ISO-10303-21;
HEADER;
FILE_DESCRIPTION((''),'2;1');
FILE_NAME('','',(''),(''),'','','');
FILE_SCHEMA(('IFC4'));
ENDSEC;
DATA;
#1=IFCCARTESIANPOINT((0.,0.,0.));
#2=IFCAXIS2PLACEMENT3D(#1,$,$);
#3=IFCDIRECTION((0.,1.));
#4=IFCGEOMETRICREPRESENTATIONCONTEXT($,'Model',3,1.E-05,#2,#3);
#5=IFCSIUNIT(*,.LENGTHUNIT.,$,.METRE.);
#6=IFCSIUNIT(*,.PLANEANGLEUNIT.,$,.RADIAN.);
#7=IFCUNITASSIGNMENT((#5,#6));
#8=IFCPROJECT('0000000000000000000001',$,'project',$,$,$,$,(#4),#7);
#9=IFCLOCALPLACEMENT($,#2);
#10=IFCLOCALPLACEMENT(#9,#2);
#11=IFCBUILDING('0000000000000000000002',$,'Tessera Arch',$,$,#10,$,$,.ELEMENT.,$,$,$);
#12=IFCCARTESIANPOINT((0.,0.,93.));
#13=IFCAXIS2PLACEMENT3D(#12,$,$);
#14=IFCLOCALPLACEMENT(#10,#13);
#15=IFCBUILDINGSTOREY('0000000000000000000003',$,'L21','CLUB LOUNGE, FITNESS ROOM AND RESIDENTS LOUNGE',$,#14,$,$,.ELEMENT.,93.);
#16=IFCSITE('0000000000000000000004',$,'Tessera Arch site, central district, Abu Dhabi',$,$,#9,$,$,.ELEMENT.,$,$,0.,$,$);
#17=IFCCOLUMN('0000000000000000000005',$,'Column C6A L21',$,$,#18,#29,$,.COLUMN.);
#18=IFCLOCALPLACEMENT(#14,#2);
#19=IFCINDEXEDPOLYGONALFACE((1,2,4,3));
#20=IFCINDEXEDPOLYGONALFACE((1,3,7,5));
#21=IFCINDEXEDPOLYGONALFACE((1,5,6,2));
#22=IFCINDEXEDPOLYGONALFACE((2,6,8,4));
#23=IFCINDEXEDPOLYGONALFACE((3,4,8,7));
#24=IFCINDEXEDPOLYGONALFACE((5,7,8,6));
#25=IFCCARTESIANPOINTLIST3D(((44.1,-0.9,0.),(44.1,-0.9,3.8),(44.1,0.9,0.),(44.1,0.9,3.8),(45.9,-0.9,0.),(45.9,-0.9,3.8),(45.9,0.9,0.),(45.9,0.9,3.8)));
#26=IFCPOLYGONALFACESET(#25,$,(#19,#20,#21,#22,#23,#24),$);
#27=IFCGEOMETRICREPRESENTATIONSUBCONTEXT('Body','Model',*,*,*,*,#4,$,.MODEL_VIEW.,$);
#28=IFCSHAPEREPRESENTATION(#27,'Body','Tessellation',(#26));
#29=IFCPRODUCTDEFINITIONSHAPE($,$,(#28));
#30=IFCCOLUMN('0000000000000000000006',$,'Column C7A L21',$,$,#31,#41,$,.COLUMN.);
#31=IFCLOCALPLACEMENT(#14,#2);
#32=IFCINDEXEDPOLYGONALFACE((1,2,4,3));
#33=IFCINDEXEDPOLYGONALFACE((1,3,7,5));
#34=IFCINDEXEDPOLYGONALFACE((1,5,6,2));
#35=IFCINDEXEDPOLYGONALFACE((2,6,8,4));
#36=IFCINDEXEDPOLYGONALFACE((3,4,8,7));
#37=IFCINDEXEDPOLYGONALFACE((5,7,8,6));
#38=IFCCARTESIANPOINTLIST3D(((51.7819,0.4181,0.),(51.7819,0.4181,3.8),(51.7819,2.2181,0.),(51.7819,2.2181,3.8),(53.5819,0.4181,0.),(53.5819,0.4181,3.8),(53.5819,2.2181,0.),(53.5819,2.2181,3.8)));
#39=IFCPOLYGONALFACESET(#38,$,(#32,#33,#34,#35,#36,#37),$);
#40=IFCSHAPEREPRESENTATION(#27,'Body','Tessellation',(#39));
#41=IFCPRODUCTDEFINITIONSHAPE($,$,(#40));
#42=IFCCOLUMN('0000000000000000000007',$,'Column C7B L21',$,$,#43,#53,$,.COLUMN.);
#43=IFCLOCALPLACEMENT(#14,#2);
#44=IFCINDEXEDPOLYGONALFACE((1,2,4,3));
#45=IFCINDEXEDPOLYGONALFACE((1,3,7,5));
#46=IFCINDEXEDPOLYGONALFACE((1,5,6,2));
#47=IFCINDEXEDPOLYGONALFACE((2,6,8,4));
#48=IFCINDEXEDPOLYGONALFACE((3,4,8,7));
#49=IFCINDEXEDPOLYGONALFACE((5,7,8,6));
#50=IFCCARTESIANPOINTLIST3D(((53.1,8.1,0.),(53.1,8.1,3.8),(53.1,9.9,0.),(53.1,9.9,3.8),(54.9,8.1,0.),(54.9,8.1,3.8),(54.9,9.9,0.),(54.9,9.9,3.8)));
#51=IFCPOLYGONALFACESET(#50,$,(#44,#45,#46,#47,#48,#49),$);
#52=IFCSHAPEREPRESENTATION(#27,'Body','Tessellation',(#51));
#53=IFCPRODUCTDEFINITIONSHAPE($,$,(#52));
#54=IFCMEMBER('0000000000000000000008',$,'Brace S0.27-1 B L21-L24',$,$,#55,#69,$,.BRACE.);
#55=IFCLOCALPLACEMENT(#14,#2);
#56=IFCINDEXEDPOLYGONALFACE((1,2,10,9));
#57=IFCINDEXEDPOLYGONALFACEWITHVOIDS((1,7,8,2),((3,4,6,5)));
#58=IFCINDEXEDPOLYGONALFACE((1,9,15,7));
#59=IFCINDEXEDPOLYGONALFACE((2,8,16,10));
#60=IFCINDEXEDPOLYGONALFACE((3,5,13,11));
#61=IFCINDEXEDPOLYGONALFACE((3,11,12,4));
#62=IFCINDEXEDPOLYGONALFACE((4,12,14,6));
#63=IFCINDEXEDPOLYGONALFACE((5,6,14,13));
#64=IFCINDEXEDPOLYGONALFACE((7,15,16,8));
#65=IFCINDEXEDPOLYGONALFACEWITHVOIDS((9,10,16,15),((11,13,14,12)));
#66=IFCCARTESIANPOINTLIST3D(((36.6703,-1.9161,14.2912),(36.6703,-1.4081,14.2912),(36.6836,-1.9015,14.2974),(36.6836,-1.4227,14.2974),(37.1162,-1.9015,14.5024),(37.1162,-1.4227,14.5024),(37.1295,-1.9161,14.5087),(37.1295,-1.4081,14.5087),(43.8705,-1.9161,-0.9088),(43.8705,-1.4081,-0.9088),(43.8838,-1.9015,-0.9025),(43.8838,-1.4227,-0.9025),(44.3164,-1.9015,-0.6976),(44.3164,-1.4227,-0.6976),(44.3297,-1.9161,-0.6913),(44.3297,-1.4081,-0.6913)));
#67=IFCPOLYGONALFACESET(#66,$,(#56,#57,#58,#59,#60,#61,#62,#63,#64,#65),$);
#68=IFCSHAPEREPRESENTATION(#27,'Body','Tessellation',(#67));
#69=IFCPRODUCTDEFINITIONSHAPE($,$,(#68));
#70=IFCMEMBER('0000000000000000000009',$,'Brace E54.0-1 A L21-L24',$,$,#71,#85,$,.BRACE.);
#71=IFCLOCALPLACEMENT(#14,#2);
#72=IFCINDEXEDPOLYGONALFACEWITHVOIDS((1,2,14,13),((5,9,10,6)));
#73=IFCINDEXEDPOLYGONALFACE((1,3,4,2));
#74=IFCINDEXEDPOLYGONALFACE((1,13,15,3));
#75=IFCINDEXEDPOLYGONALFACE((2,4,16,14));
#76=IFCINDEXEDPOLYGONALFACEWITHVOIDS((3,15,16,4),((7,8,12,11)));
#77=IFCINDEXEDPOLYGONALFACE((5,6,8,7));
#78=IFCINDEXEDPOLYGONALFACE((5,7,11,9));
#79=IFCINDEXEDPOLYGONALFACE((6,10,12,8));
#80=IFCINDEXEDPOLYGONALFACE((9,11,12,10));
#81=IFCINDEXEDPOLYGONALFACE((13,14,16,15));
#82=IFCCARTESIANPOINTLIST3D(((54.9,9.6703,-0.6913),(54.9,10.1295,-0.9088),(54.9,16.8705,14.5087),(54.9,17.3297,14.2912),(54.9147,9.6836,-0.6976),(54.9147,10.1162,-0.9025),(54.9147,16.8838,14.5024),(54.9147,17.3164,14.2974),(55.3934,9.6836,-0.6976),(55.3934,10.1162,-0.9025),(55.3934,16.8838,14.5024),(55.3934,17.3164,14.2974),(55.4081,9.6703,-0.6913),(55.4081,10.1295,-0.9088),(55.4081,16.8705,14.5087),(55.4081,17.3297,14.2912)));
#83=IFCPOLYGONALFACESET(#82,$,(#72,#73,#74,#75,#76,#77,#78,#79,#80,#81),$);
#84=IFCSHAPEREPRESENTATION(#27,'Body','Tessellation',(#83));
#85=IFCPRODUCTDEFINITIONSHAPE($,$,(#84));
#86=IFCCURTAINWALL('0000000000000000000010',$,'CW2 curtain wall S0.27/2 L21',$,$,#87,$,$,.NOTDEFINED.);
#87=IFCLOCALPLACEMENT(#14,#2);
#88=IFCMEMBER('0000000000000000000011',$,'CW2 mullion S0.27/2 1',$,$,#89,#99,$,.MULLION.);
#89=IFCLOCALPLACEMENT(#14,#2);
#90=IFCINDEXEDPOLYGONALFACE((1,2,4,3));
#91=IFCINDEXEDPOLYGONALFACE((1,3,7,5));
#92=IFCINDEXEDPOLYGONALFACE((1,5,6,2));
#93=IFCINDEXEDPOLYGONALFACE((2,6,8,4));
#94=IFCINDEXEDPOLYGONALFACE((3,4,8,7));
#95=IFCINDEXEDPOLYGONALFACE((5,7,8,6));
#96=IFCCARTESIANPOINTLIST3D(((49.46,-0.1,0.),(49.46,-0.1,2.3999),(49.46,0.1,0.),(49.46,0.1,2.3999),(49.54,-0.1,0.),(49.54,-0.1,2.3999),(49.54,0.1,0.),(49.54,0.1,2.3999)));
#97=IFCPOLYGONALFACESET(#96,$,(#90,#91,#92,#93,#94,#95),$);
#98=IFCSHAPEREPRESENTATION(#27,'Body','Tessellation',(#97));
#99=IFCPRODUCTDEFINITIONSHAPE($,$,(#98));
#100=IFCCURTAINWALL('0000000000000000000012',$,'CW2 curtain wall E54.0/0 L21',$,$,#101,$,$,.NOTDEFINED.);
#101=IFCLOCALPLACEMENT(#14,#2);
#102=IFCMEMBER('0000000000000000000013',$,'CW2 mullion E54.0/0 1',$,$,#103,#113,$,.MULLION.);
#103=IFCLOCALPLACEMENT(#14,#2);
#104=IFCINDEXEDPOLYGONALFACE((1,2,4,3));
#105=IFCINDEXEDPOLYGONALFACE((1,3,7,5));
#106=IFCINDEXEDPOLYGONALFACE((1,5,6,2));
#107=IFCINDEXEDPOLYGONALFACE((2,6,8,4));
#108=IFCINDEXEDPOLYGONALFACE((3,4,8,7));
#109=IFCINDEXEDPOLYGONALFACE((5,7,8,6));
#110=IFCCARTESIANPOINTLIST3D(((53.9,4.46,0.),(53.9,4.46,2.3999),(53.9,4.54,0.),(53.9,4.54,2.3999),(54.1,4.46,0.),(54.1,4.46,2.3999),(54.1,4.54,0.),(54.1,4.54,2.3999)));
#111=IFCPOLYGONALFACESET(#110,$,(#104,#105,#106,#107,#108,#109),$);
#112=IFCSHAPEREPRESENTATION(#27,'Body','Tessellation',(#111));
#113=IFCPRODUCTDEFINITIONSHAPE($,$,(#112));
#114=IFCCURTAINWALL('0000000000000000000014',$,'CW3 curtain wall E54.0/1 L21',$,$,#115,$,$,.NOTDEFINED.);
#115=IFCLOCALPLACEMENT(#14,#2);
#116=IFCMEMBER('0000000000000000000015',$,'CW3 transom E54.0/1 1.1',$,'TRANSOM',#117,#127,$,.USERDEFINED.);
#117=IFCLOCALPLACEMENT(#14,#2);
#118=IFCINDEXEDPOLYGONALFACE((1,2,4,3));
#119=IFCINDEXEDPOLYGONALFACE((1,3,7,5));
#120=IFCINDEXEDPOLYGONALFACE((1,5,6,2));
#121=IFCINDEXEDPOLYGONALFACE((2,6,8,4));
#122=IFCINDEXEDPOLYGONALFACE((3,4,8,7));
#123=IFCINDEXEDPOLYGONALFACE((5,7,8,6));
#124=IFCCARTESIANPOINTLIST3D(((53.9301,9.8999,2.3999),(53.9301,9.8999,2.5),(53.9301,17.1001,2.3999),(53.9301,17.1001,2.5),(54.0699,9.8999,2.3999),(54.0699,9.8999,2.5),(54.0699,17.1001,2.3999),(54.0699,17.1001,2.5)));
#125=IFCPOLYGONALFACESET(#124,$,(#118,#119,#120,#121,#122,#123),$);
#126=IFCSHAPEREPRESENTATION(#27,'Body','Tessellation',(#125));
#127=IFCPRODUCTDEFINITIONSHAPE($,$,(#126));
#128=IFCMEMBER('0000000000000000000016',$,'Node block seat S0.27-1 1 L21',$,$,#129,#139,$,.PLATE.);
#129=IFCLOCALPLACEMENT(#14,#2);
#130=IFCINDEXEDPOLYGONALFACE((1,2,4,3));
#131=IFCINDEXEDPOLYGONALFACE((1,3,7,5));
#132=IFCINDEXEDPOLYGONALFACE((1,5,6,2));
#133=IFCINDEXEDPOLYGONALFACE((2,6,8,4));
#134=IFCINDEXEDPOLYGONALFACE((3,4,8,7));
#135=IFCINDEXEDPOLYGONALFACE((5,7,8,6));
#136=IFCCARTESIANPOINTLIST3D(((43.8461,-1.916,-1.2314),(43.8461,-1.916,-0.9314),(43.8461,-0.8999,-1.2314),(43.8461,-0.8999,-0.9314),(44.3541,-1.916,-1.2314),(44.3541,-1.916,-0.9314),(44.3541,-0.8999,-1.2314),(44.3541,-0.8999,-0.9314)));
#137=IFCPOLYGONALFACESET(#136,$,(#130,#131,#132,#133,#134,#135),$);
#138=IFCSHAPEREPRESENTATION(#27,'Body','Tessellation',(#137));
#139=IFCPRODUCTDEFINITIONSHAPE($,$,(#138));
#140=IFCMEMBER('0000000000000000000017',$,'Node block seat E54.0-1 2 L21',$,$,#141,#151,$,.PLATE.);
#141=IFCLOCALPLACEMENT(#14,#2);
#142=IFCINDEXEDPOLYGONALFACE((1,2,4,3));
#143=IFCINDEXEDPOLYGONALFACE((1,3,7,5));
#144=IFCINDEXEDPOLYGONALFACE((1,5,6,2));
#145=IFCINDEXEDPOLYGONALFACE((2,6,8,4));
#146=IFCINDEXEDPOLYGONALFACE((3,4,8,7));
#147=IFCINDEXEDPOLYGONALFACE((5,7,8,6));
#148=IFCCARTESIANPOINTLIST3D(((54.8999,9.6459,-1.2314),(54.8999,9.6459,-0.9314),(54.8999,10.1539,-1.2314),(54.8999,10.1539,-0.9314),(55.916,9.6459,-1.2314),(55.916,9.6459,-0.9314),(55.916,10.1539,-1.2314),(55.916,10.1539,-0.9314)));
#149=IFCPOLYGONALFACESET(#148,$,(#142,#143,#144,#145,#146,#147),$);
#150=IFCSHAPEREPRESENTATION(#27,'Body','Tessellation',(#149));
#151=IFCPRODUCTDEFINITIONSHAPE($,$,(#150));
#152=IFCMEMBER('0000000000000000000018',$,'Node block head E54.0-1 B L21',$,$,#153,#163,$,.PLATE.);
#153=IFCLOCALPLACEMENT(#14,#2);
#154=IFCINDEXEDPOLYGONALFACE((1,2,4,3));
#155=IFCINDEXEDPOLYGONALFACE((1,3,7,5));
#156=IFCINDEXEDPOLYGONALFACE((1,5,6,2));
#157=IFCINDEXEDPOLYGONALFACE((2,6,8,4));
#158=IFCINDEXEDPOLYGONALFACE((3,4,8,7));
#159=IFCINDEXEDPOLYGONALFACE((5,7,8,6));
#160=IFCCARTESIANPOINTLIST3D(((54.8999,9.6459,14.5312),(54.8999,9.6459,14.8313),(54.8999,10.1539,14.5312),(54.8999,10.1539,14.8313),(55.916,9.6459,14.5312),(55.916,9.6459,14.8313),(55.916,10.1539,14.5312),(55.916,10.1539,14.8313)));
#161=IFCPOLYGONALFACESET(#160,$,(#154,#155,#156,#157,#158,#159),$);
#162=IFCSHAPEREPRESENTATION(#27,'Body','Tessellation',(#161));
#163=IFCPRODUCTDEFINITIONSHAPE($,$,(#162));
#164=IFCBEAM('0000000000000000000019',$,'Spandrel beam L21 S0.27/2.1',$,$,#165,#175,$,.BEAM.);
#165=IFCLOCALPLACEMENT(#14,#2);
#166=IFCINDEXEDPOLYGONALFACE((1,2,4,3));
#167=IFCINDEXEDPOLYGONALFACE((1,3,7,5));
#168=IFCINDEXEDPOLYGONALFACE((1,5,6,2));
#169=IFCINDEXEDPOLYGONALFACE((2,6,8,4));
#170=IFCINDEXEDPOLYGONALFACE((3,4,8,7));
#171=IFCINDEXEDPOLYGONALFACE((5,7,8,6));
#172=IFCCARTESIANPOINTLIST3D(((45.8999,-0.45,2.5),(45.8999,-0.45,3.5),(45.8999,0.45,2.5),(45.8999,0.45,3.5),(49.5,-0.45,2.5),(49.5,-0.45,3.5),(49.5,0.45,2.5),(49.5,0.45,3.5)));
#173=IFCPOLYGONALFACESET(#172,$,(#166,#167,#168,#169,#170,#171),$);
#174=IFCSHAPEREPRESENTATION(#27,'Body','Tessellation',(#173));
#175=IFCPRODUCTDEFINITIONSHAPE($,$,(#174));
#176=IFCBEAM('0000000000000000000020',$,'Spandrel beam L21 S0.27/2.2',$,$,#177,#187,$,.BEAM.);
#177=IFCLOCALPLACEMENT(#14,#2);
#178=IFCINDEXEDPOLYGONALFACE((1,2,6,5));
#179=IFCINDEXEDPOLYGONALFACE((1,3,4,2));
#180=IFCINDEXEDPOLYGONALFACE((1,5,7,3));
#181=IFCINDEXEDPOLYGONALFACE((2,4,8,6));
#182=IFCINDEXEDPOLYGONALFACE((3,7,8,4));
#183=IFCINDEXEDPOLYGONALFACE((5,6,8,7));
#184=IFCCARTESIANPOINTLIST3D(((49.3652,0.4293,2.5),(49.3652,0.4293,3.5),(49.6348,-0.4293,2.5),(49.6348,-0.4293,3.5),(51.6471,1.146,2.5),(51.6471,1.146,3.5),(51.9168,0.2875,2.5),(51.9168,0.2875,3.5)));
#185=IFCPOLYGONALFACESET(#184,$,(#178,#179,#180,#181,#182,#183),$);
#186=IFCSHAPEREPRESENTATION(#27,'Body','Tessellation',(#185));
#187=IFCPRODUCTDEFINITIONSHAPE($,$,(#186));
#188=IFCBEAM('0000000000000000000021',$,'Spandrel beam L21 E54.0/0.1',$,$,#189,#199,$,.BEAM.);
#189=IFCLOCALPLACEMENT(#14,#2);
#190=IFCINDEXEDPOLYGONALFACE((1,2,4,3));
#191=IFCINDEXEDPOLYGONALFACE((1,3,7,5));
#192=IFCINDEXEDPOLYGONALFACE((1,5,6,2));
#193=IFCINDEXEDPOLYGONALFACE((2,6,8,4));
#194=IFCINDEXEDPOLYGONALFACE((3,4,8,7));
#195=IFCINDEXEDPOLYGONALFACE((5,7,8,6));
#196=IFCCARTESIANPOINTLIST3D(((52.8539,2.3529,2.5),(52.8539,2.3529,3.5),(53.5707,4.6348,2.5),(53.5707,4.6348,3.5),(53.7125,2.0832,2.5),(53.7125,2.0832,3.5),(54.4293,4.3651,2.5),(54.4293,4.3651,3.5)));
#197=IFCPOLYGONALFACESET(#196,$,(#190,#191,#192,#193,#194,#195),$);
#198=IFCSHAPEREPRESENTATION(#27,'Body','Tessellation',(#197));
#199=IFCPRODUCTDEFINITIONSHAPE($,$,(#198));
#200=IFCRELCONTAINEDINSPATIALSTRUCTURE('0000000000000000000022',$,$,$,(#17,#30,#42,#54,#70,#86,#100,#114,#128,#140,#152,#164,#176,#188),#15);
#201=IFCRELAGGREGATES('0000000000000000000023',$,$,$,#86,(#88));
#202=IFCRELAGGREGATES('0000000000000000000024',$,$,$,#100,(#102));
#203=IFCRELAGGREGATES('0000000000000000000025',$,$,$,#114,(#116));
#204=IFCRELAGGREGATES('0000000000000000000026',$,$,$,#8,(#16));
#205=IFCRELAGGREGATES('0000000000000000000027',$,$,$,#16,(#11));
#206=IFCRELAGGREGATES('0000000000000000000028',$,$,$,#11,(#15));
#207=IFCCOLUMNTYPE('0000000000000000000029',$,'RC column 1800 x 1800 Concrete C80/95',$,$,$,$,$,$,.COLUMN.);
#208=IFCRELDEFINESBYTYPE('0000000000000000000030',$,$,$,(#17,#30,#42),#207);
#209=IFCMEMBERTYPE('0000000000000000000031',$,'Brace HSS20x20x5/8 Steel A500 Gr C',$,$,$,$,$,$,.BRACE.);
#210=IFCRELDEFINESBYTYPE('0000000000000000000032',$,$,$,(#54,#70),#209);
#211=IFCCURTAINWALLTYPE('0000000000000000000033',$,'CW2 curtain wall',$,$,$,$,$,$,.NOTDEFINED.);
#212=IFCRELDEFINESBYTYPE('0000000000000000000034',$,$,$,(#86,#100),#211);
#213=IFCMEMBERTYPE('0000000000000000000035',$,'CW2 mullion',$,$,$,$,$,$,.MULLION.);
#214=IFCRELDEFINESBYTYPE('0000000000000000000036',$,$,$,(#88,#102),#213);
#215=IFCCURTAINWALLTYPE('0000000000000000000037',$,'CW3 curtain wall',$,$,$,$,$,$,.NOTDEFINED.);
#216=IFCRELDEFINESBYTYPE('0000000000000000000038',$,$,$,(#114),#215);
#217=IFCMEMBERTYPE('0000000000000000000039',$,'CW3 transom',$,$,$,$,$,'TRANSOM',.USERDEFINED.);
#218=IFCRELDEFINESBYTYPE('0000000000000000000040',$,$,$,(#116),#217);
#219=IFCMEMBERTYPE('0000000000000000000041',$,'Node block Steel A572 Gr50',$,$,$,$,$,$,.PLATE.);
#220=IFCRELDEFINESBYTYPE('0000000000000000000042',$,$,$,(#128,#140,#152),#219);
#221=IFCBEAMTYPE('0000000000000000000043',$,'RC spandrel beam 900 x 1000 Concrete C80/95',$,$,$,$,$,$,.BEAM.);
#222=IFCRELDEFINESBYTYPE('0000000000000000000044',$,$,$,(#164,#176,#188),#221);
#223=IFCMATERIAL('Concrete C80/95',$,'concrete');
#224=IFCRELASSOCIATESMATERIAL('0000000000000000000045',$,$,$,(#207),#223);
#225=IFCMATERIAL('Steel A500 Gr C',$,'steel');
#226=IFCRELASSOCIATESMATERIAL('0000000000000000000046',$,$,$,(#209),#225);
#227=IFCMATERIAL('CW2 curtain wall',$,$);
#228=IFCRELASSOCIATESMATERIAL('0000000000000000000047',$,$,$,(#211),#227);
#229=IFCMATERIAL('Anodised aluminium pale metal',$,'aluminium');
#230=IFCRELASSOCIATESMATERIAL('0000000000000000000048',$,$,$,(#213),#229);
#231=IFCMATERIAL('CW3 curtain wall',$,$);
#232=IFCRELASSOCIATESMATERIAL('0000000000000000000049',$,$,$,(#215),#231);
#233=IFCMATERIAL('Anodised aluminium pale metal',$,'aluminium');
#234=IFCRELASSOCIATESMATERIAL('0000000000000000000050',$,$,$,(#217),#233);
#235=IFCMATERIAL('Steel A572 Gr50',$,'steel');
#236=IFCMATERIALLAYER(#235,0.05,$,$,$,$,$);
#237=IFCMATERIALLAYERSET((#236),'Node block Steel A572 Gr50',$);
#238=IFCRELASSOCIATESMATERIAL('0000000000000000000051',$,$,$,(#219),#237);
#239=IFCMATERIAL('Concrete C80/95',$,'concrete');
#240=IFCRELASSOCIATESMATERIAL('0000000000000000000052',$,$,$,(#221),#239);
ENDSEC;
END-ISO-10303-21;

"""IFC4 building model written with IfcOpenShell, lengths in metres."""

from ifc_helpers import new_model, si_unit, direction, frame, origin, origin_2d, place, context, subcontext, project, spatial, rectangle, hollow_rectangle, extrude, material, layer, layer_set, material_profile, profile_set, type_object, element, aggregate, save


model = new_model("IFC4")

# Units and contexts
model_context = context("Model", 3, precision=1e-05, world=origin(), true_north=direction((0.0, 1.0)))
body_context = subcontext(model_context, "Body", "Model", "MODEL_VIEW")
ifc_project = project(units=[si_unit("LENGTHUNIT", "METRE"), si_unit("PLANEANGLEUNIT", "RADIAN")], contexts=[model_context])

# Site, building, storey
site_placement = place(None, origin())
site = spatial("IfcSite", under=ifc_project, at=site_placement, Name="Tessera Arch site, central district, Abu Dhabi", CompositionType="ELEMENT", RefElevation=0.0)
building_placement = place(site_placement, origin())
building = spatial("IfcBuilding", under=site, at=building_placement, Name="Tessera Arch", CompositionType="ELEMENT")
storey_placement = place(building_placement, frame((0.0, 0.0, 93.0)))
storey = spatial("IfcBuildingStorey", under=building, at=storey_placement, Name="L21", Description="CLUB LOUNGE, FITNESS ROOM AND RESIDENTS LOUNGE", CompositionType="ELEMENT", Elevation=93.0)

# Columns
ifc_material_1 = material(Name="Concrete C80/95", Category="concrete")
ifc_material_profile_1 = material_profile(ifc_material_1, rectangle(XDim=1.8, YDim=1.8, at=origin_2d()), Name="RC column 1800 x 1800 Concrete C80/95")
ifc_profile_set_1 = profile_set([ifc_material_profile_1], Name="Concrete C80/95")
column_type = type_object("IfcColumnType", Name="RC column 1800 x 1800 Concrete C80/95", PredefinedType="COLUMN", material=ifc_profile_set_1)
for number, where, z_axis, x_axis, name in (
    (1, (45.0, 0.0, 0.0), (0.0, 0.0, 1.0), (1.0, 0.0, 0.0), "Column C6A L21"),
    (2, (52.6819, 1.3181, 0.0), (0.0, 0.0, 1.0), (1.0, 0.0, 0.0), "Column C7A L21"),
    (3, (54.0, 9.0, 0.0), (0.0, 0.0, 1.0), (1.0, 0.0, 0.0), "Column C7B L21"),
):
    element("IfcColumn", number, at=place(storey_placement, frame(where, z_axis=z_axis, x_axis=x_axis)), inside=storey, type_object=column_type, Name=name, PredefinedType="COLUMN", context=body_context, shape_type="SweptSolid", body=[
        extrude(rectangle(XDim=1.8, YDim=1.8, at=origin_2d()), origin(), (0.0, 0.0, 1.0), 3.8),
    ])

# Members
ifc_material_2 = material(Name="Steel A500 Gr C", Category="steel")
ifc_material_profile_2 = material_profile(ifc_material_2, hollow_rectangle(XDim=0.5081, YDim=0.5081, WallThickness=0.0146, at=origin_2d()), Name="HSS20x20x5/8")
ifc_profile_set_2 = profile_set([ifc_material_profile_2], Name="Steel A500 Gr C")
member_type_1 = type_object("IfcMemberType", Name="Brace HSS20x20x5/8 Steel A500 Gr C", PredefinedType="BRACE", material=ifc_profile_set_2)
for number, where, z_axis, x_axis, name in (
    (4, (44.1001, -1.6621, -0.8), (-0.428097, 0.0, 0.903733), (0.0, -1.0, 0.0), "Brace S0.27-1 B L21-L24"),
    (5, (55.1541, 9.8999, -0.8), (0.0, 0.428097, 0.903733), (-1.0, 0.0, 0.0), "Brace E54.0-1 A L21-L24"),
):
    element("IfcMember", number, at=place(storey_placement, frame(where, z_axis=z_axis, x_axis=x_axis)), inside=storey, type_object=member_type_1, Name=name, PredefinedType="BRACE", context=body_context, shape_type="SweptSolid", body=[
        extrude(hollow_rectangle(XDim=0.5081, YDim=0.5081, WallThickness=0.0146, at=origin_2d()), origin(), (0.0, 0.0, 1.0), 16.8191),
    ])

# Curtain walls, members
ifc_material_3 = material(Name="CW2 curtain wall")
curtain_wall_type_1 = type_object("IfcCurtainWallType", Name="CW2 curtain wall", PredefinedType="NOTDEFINED", material=ifc_material_3)
curtain_wall_1_placement = place(storey_placement, origin())
curtain_wall_1 = element("IfcCurtainWall", 6, at=curtain_wall_1_placement, inside=storey, type_object=curtain_wall_type_1, Name="CW2 curtain wall S0.27/2 L21", PredefinedType="NOTDEFINED")
ifc_material_4 = material(Name="Anodised aluminium pale metal", Category="aluminium")
ifc_material_profile_3 = material_profile(ifc_material_4, rectangle(XDim=0.2, YDim=0.0801, at=origin_2d()), Name="AL 80x200")
ifc_profile_set_3 = profile_set([ifc_material_profile_3], Name="Anodised aluminium pale metal")
member_type_2 = type_object("IfcMemberType", Name="CW2 mullion", PredefinedType="MULLION", material=ifc_profile_set_3)
member_1_placement = place(storey_placement, frame((49.5, 0.0, 0.0), z_axis=(0.0, 0.0, 1.0), x_axis=(0.0, 1.0, 0.0)))
member_1 = element("IfcMember", 7, at=member_1_placement, type_object=member_type_2, Name="CW2 mullion S0.27/2 1", PredefinedType="MULLION", context=body_context, shape_type="SweptSolid", body=[
    extrude(rectangle(XDim=0.2, YDim=0.0801, at=origin_2d()), origin(), (0.0, 0.0, 1.0), 2.3999),
])
curtain_wall_2_placement = place(storey_placement, origin())
curtain_wall_2 = element("IfcCurtainWall", 8, at=curtain_wall_2_placement, inside=storey, type_object=curtain_wall_type_1, Name="CW2 curtain wall E54.0/0 L21", PredefinedType="NOTDEFINED")
member_2_placement = place(storey_placement, frame((54.0, 4.5, 0.0), z_axis=(0.0, 0.0, 1.0), x_axis=(-1.0, 0.0, 0.0)))
member_2 = element("IfcMember", 9, at=member_2_placement, type_object=member_type_2, Name="CW2 mullion E54.0/0 1", PredefinedType="MULLION", context=body_context, shape_type="SweptSolid", body=[
    extrude(rectangle(XDim=0.2, YDim=0.0801, at=origin_2d()), origin(), (0.0, 0.0, 1.0), 2.3999),
])
ifc_material_5 = material(Name="CW3 curtain wall")
curtain_wall_type_2 = type_object("IfcCurtainWallType", Name="CW3 curtain wall", PredefinedType="NOTDEFINED", material=ifc_material_5)
curtain_wall_3_placement = place(storey_placement, origin())
curtain_wall_3 = element("IfcCurtainWall", 10, at=curtain_wall_3_placement, inside=storey, type_object=curtain_wall_type_2, Name="CW3 curtain wall E54.0/1 L21", PredefinedType="NOTDEFINED")
ifc_material_6 = material(Name="Anodised aluminium pale metal", Category="aluminium")
ifc_material_profile_4 = material_profile(ifc_material_6, rectangle(XDim=0.1399, YDim=0.1001, at=origin_2d()), Name="AL 140x100")
ifc_profile_set_4 = profile_set([ifc_material_profile_4], Name="Anodised aluminium pale metal")
member_type_3 = type_object("IfcMemberType", Name="CW3 transom", ElementType="TRANSOM", PredefinedType="USERDEFINED", material=ifc_profile_set_4)
member_3_placement = place(storey_placement, frame((54.0, 9.8999, 2.45), z_axis=(0.0, 1.0, 0.0), x_axis=(-1.0, 0.0, 0.0)))
member_3 = element("IfcMember", 11, at=member_3_placement, type_object=member_type_3, Name="CW3 transom E54.0/1 1.1", ObjectType="TRANSOM", PredefinedType="USERDEFINED", context=body_context, shape_type="SweptSolid", body=[
    extrude(rectangle(XDim=0.1399, YDim=0.1001, at=origin_2d()), origin(), (0.0, 0.0, 1.0), 7.2002),
])

# Members
ifc_material_7 = material(Name="Steel A572 Gr50", Category="steel")
ifc_layer_1 = layer(ifc_material_7, 0.05)
ifc_layer_set_1 = layer_set([ifc_layer_1], Name="Node block Steel A572 Gr50")
member_type_4 = type_object("IfcMemberType", Name="Node block Steel A572 Gr50", PredefinedType="PLATE", material=ifc_layer_set_1)
for number, where, z_axis, x_axis, name in (
    (12, (44.1001, -1.408, -1.2314), (0.0, 0.0, 1.0), (1.0, 0.0, 0.0), "Node block seat S0.27-1 1 L21"),
    (13, (55.408, 9.8999, -1.2314), (0.0, 0.0, 1.0), (0.0, 1.0, 0.0), "Node block seat E54.0-1 2 L21"),
    (14, (55.408, 9.8999, 14.5312), (0.0, 0.0, 1.0), (0.0, 1.0, 0.0), "Node block head E54.0-1 B L21"),
):
    element("IfcMember", number, at=place(storey_placement, frame(where, z_axis=z_axis, x_axis=x_axis)), inside=storey, type_object=member_type_4, Name=name, PredefinedType="PLATE", context=body_context, shape_type="SweptSolid", body=[
        extrude(rectangle(XDim=0.5081, YDim=1.0161, at=origin_2d()), origin(), (0.0, 0.0, 1.0), 0.3),
    ])

# Beams
ifc_material_8 = material(Name="Concrete C80/95", Category="concrete")
ifc_material_profile_5 = material_profile(ifc_material_8, rectangle(XDim=0.8999, YDim=1.0, at=origin_2d()), Name="RC spandrel beam 900 x 1000 Concrete C80/95")
ifc_profile_set_5 = profile_set([ifc_material_profile_5], Name="Concrete C80/95")
beam_type = type_object("IfcBeamType", Name="RC spandrel beam 900 x 1000 Concrete C80/95", PredefinedType="BEAM", material=ifc_profile_set_5)
beam_1_placement = place(storey_placement, frame((45.8999, 0.0, 3.0), z_axis=(1.0, 0.0, 0.0), x_axis=(0.0, 1.0, 0.0)))
element("IfcBeam", 15, at=beam_1_placement, inside=storey, type_object=beam_type, Name="Spandrel beam L21 S0.27/2.1", PredefinedType="BEAM", context=body_context, shape_type="SweptSolid", body=[
    extrude(rectangle(XDim=0.8999, YDim=1.0, at=origin_2d()), origin(), (0.0, 0.0, 1.0), 3.6001),
])
for number, where, z_axis, x_axis, name in (
    (16, (49.5, 0.0, 3.0), (0.954041, 0.299675, 0.0), (-0.299675, 0.954041, 0.0), "Spandrel beam L21 S0.27/2.2"),
    (17, (53.2832, 2.218, 3.0), (0.299675, 0.954041, 0.0), (-0.954041, 0.299675, 0.0), "Spandrel beam L21 E54.0/0.1"),
):
    element("IfcBeam", number, at=place(storey_placement, frame(where, z_axis=z_axis, x_axis=x_axis)), inside=storey, type_object=beam_type, Name=name, PredefinedType="BEAM", context=body_context, shape_type="SweptSolid", body=[
        extrude(rectangle(XDim=0.8999, YDim=1.0, at=origin_2d()), origin(), (0.0, 0.0, 1.0), 2.3918),
    ])

aggregate(curtain_wall_1, [member_1])
aggregate(curtain_wall_2, [member_2])

aggregate(curtain_wall_3, [member_3])

save(model, "model.ifc")
